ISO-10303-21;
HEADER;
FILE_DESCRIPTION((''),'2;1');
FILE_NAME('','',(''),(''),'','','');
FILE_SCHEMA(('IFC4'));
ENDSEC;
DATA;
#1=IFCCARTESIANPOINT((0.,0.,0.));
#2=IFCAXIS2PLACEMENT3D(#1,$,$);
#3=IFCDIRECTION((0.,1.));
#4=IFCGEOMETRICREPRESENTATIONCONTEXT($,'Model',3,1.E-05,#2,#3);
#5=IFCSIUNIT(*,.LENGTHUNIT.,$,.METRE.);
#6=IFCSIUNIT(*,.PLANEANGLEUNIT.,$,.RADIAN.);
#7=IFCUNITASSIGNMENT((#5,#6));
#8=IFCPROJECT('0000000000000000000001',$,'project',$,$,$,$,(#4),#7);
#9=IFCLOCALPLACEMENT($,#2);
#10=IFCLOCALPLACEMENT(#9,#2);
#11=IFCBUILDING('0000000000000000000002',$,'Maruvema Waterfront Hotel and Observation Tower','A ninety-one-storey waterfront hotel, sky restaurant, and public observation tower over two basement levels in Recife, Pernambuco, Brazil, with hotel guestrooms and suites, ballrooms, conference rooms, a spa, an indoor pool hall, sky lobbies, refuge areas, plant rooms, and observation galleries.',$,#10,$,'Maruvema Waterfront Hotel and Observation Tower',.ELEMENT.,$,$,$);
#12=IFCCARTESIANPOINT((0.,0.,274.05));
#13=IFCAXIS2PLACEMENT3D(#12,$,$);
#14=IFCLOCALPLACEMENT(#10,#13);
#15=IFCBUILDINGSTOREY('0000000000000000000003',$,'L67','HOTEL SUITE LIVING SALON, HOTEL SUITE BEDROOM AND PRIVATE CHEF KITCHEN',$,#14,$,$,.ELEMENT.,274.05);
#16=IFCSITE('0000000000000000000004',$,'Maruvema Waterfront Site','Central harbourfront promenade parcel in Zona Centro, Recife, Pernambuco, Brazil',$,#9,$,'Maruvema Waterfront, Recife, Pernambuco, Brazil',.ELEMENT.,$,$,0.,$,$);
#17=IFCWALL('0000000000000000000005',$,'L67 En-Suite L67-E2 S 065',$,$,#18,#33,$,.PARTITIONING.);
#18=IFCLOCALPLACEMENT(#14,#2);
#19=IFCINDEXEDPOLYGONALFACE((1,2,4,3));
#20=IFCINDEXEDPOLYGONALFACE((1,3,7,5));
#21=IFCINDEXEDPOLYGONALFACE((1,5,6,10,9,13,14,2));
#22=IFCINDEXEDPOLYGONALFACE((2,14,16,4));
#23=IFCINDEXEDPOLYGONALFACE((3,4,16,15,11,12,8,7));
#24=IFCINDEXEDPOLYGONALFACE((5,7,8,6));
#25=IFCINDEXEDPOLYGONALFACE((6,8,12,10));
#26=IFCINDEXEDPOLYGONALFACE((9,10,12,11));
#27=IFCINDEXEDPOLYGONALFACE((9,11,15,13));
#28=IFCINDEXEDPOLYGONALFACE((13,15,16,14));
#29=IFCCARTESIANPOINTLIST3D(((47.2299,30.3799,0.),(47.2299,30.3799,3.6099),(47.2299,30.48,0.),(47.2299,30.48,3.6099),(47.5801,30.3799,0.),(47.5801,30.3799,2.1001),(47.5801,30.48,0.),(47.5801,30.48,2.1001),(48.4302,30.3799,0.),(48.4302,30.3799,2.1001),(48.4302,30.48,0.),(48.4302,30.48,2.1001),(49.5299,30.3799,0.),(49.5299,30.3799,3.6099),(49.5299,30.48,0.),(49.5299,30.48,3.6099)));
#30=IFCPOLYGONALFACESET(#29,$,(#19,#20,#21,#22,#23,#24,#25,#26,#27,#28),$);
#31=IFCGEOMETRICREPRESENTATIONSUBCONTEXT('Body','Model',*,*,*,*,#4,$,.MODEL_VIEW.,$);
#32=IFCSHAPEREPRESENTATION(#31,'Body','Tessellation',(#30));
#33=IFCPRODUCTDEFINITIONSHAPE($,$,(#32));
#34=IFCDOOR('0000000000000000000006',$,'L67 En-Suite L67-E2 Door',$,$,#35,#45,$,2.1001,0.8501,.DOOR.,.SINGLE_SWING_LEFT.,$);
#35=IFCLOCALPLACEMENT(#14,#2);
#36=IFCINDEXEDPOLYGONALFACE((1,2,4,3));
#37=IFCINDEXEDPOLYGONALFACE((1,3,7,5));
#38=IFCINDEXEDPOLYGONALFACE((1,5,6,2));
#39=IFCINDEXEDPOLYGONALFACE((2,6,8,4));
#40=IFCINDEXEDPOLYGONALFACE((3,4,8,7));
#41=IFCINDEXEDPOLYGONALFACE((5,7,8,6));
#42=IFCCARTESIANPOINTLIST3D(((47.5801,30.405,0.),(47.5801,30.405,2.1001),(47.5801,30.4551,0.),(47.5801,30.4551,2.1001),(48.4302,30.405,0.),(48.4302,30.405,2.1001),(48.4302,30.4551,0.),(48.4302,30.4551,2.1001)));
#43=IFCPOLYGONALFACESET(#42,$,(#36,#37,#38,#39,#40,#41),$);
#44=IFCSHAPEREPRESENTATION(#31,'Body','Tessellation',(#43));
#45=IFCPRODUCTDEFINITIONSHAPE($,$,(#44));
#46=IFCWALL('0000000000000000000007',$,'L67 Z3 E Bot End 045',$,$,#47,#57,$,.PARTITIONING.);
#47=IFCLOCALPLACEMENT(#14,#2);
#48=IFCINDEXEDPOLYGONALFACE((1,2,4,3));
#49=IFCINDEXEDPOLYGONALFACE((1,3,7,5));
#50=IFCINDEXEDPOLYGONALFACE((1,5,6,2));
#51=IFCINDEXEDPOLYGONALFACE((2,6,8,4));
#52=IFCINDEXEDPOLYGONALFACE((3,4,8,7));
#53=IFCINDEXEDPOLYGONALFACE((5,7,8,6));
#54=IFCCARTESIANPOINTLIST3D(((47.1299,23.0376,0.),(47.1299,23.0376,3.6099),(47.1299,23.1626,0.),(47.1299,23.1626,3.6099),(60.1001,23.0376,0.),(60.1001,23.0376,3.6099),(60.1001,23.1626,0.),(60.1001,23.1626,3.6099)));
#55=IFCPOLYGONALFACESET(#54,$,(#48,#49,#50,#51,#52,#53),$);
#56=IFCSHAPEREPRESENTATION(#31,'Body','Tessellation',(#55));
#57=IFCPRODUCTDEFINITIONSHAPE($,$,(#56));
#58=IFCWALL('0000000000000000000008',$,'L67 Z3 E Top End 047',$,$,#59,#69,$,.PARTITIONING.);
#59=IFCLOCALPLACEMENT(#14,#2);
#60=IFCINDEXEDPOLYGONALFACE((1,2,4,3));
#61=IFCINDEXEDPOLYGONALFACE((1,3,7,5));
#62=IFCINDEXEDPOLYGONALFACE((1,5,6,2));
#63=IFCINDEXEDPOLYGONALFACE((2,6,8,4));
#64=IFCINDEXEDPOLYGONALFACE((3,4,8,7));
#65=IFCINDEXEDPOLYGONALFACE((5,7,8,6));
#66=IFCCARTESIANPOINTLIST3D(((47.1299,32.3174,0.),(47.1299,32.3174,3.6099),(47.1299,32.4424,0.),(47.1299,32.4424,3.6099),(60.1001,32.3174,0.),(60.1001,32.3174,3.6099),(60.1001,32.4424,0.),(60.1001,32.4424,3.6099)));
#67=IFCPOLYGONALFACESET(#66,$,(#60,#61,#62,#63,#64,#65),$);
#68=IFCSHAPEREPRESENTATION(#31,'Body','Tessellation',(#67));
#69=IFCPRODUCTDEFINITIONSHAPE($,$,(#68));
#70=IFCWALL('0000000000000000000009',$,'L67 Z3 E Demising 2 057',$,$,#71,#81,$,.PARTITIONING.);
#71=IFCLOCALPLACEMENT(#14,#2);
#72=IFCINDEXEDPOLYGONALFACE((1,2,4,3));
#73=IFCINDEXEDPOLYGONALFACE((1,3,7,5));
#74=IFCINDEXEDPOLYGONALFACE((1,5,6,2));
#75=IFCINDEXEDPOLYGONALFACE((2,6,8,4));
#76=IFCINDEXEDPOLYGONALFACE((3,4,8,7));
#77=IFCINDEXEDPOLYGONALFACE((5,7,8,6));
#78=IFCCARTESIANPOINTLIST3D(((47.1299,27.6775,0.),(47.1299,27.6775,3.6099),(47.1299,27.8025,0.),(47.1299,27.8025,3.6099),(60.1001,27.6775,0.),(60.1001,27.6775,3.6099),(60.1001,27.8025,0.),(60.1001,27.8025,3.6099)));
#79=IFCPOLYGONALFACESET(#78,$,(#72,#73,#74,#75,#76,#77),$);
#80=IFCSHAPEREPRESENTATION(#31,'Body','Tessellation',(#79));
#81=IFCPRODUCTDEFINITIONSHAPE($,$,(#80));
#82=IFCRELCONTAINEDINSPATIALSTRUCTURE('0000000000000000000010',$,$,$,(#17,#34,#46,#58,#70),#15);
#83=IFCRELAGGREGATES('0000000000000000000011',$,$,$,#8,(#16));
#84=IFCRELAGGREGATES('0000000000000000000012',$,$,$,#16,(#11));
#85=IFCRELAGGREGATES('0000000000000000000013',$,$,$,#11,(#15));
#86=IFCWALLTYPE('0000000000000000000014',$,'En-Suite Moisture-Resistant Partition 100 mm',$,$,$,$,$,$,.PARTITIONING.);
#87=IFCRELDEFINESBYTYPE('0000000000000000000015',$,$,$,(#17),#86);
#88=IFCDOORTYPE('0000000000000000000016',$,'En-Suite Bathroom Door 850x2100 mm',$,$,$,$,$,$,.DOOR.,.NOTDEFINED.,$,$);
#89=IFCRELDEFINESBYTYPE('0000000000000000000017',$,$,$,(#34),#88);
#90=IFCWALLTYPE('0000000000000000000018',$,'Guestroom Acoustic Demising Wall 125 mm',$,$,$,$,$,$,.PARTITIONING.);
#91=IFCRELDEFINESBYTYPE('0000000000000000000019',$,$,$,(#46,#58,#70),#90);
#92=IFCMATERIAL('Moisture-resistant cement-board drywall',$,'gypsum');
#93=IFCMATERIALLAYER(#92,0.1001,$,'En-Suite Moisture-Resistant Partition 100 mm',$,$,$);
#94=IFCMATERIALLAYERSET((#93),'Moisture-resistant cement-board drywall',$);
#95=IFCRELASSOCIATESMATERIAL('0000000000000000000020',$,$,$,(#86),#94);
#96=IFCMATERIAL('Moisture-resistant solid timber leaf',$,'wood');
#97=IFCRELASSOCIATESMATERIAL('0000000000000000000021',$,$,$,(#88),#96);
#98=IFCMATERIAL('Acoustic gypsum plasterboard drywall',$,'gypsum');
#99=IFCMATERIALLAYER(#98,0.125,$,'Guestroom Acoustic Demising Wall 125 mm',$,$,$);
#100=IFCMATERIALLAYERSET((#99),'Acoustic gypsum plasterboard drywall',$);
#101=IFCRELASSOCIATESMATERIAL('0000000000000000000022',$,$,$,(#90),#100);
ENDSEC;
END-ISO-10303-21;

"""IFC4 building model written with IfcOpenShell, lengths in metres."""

from ifc_helpers import new_model, si_unit, direction, frame, frame_2d, origin, place, context, subcontext, project, spatial, rectangle, extrude, material, layer, layer_set, type_object, element, fill, save


model = new_model("IFC4")

# Units and contexts
model_context = context("Model", 3, precision=1e-05, world=origin(), true_north=direction((0.0, 1.0)))
body_context = subcontext(model_context, "Body", "Model", "MODEL_VIEW")
ifc_project = project(units=[si_unit("LENGTHUNIT", "METRE"), si_unit("PLANEANGLEUNIT", "RADIAN")], contexts=[model_context])

# Site, building, storey
site_placement = place(None, origin())
site = spatial("IfcSite", under=ifc_project, at=site_placement, Name="Maruvema Waterfront Site", Description="Central harbourfront promenade parcel in Zona Centro, Recife, Pernambuco, Brazil", LongName="Maruvema Waterfront, Recife, Pernambuco, Brazil", CompositionType="ELEMENT", RefElevation=0.0)
building_placement = place(site_placement, origin())
building = spatial("IfcBuilding", under=site, at=building_placement, Name="Maruvema Waterfront Hotel and Observation Tower", Description="A ninety-one-storey waterfront hotel, sky restaurant, and public observation tower over two basement levels in Recife, Pernambuco, Brazil, with hotel guestrooms and suites, ballrooms, conference rooms, a spa, an indoor pool hall, sky lobbies, refuge areas, plant rooms, and observation galleries.", LongName="Maruvema Waterfront Hotel and Observation Tower", CompositionType="ELEMENT")
storey_placement = place(building_placement, frame((0.0, 0.0, 274.05)))
storey = spatial("IfcBuildingStorey", under=building, at=storey_placement, Name="L67", Description="HOTEL SUITE LIVING SALON, HOTEL SUITE BEDROOM AND PRIVATE CHEF KITCHEN", CompositionType="ELEMENT", Elevation=274.05)

# Shared definitions
ifc_material_1 = material(Name="Moisture-resistant cement-board drywall", Category="gypsum")
ifc_layer_1 = layer(ifc_material_1, 0.1001, Name="En-Suite Moisture-Resistant Partition 100 mm")
ifc_layer_set_1 = layer_set([ifc_layer_1], Name="Moisture-resistant cement-board drywall")
wall_type_1 = type_object("IfcWallType", Name="En-Suite Moisture-Resistant Partition 100 mm", PredefinedType="PARTITIONING", material=ifc_layer_set_1)

# Shared definitions
ifc_material_2 = material(Name="Moisture-resistant solid timber leaf", Category="wood")
door_type_1 = type_object("IfcDoorType", Name="En-Suite Bathroom Door 850x2100 mm", OperationType="NOTDEFINED", PredefinedType="DOOR", material=ifc_material_2)

# Wall, opening, door
wall_1_placement = place(storey_placement, frame((47.23, 30.4299, 0.0), z_axis=(0.0, 0.0, 1.0), x_axis=(1.0, 0.0, 0.0)))
wall_1 = element("IfcWall", 1, at=wall_1_placement, inside=storey, type_object=wall_type_1, Name="L67 En-Suite L67-E2 S 065", PredefinedType="PARTITIONING", context=body_context, shape_type="SweptSolid", body=[
    extrude(rectangle(XDim=2.3, YDim=0.1001, at=frame_2d((1.1499, 0.0))), origin(), (0.0, 0.0, 1.0), 3.6099),
])
opening_1_placement = place(wall_1_placement, frame((0.3501, 0.0, 0.0)))
opening_1 = element("IfcOpeningElement", 2, at=opening_1_placement, cuts=wall_1, PredefinedType="OPENING", context=body_context, shape_type="SweptSolid", body=[
    extrude(rectangle(XDim=0.8501, YDim=2.1001, at=frame_2d((0.425, 1.05))), frame((0.0, 0.0601, 0.0), z_axis=(0.0, -1.0, 0.0), x_axis=(1.0, 0.0, 0.0)), (0.0, 0.0, 1.0), 0.1201),
])
door_1_placement = place(opening_1_placement, frame((0.8501, 0.0, 0.0), z_axis=(0.0, 0.0, 1.0), x_axis=(-1.0, 0.0, 0.0)))
door_1 = element("IfcDoor", 3, at=door_1_placement, inside=storey, type_object=door_type_1, Name="L67 En-Suite L67-E2 Door", OperationType="SINGLE_SWING_LEFT", OverallHeight=2.1001, OverallWidth=0.8501, PredefinedType="DOOR", context=body_context, shape_type="SweptSolid", body=[
    extrude(rectangle(XDim=0.8501, YDim=2.1001, at=frame_2d((0.425, 1.05))), frame((0.0, 0.0249, 0.0), z_axis=(0.0, -1.0, 0.0), x_axis=(1.0, 0.0, 0.0)), (0.0, 0.0, 1.0), 0.05),
])
fill(opening_1, door_1)

# Walls
ifc_material_3 = material(Name="Acoustic gypsum plasterboard drywall", Category="gypsum")
ifc_layer_2 = layer(ifc_material_3, 0.125, Name="Guestroom Acoustic Demising Wall 125 mm")
ifc_layer_set_2 = layer_set([ifc_layer_2], Name="Acoustic gypsum plasterboard drywall")
wall_type_2 = type_object("IfcWallType", Name="Guestroom Acoustic Demising Wall 125 mm", PredefinedType="PARTITIONING", material=ifc_layer_set_2)
for number, where, z_axis, x_axis, name in (
    (4, (47.1299, 23.1001, 0.0), (0.0, 0.0, 1.0), (1.0, 0.0, 0.0), "L67 Z3 E Bot End 045"),
    (5, (47.1299, 32.3799, 0.0), (0.0, 0.0, 1.0), (1.0, 0.0, 0.0), "L67 Z3 E Top End 047"),
    (6, (47.1299, 27.74, 0.0), (0.0, 0.0, 1.0), (1.0, 0.0, 0.0), "L67 Z3 E Demising 2 057"),
):
    element("IfcWall", number, at=place(storey_placement, frame(where, z_axis=z_axis, x_axis=x_axis)), inside=storey, type_object=wall_type_2, Name=name, PredefinedType="PARTITIONING", context=body_context, shape_type="SweptSolid", body=[
        extrude(rectangle(XDim=12.9702, YDim=0.125, at=frame_2d((6.4851, 0.0))), origin(), (0.0, 0.0, 1.0), 3.6099),
    ])

save(model, "model.ifc")
